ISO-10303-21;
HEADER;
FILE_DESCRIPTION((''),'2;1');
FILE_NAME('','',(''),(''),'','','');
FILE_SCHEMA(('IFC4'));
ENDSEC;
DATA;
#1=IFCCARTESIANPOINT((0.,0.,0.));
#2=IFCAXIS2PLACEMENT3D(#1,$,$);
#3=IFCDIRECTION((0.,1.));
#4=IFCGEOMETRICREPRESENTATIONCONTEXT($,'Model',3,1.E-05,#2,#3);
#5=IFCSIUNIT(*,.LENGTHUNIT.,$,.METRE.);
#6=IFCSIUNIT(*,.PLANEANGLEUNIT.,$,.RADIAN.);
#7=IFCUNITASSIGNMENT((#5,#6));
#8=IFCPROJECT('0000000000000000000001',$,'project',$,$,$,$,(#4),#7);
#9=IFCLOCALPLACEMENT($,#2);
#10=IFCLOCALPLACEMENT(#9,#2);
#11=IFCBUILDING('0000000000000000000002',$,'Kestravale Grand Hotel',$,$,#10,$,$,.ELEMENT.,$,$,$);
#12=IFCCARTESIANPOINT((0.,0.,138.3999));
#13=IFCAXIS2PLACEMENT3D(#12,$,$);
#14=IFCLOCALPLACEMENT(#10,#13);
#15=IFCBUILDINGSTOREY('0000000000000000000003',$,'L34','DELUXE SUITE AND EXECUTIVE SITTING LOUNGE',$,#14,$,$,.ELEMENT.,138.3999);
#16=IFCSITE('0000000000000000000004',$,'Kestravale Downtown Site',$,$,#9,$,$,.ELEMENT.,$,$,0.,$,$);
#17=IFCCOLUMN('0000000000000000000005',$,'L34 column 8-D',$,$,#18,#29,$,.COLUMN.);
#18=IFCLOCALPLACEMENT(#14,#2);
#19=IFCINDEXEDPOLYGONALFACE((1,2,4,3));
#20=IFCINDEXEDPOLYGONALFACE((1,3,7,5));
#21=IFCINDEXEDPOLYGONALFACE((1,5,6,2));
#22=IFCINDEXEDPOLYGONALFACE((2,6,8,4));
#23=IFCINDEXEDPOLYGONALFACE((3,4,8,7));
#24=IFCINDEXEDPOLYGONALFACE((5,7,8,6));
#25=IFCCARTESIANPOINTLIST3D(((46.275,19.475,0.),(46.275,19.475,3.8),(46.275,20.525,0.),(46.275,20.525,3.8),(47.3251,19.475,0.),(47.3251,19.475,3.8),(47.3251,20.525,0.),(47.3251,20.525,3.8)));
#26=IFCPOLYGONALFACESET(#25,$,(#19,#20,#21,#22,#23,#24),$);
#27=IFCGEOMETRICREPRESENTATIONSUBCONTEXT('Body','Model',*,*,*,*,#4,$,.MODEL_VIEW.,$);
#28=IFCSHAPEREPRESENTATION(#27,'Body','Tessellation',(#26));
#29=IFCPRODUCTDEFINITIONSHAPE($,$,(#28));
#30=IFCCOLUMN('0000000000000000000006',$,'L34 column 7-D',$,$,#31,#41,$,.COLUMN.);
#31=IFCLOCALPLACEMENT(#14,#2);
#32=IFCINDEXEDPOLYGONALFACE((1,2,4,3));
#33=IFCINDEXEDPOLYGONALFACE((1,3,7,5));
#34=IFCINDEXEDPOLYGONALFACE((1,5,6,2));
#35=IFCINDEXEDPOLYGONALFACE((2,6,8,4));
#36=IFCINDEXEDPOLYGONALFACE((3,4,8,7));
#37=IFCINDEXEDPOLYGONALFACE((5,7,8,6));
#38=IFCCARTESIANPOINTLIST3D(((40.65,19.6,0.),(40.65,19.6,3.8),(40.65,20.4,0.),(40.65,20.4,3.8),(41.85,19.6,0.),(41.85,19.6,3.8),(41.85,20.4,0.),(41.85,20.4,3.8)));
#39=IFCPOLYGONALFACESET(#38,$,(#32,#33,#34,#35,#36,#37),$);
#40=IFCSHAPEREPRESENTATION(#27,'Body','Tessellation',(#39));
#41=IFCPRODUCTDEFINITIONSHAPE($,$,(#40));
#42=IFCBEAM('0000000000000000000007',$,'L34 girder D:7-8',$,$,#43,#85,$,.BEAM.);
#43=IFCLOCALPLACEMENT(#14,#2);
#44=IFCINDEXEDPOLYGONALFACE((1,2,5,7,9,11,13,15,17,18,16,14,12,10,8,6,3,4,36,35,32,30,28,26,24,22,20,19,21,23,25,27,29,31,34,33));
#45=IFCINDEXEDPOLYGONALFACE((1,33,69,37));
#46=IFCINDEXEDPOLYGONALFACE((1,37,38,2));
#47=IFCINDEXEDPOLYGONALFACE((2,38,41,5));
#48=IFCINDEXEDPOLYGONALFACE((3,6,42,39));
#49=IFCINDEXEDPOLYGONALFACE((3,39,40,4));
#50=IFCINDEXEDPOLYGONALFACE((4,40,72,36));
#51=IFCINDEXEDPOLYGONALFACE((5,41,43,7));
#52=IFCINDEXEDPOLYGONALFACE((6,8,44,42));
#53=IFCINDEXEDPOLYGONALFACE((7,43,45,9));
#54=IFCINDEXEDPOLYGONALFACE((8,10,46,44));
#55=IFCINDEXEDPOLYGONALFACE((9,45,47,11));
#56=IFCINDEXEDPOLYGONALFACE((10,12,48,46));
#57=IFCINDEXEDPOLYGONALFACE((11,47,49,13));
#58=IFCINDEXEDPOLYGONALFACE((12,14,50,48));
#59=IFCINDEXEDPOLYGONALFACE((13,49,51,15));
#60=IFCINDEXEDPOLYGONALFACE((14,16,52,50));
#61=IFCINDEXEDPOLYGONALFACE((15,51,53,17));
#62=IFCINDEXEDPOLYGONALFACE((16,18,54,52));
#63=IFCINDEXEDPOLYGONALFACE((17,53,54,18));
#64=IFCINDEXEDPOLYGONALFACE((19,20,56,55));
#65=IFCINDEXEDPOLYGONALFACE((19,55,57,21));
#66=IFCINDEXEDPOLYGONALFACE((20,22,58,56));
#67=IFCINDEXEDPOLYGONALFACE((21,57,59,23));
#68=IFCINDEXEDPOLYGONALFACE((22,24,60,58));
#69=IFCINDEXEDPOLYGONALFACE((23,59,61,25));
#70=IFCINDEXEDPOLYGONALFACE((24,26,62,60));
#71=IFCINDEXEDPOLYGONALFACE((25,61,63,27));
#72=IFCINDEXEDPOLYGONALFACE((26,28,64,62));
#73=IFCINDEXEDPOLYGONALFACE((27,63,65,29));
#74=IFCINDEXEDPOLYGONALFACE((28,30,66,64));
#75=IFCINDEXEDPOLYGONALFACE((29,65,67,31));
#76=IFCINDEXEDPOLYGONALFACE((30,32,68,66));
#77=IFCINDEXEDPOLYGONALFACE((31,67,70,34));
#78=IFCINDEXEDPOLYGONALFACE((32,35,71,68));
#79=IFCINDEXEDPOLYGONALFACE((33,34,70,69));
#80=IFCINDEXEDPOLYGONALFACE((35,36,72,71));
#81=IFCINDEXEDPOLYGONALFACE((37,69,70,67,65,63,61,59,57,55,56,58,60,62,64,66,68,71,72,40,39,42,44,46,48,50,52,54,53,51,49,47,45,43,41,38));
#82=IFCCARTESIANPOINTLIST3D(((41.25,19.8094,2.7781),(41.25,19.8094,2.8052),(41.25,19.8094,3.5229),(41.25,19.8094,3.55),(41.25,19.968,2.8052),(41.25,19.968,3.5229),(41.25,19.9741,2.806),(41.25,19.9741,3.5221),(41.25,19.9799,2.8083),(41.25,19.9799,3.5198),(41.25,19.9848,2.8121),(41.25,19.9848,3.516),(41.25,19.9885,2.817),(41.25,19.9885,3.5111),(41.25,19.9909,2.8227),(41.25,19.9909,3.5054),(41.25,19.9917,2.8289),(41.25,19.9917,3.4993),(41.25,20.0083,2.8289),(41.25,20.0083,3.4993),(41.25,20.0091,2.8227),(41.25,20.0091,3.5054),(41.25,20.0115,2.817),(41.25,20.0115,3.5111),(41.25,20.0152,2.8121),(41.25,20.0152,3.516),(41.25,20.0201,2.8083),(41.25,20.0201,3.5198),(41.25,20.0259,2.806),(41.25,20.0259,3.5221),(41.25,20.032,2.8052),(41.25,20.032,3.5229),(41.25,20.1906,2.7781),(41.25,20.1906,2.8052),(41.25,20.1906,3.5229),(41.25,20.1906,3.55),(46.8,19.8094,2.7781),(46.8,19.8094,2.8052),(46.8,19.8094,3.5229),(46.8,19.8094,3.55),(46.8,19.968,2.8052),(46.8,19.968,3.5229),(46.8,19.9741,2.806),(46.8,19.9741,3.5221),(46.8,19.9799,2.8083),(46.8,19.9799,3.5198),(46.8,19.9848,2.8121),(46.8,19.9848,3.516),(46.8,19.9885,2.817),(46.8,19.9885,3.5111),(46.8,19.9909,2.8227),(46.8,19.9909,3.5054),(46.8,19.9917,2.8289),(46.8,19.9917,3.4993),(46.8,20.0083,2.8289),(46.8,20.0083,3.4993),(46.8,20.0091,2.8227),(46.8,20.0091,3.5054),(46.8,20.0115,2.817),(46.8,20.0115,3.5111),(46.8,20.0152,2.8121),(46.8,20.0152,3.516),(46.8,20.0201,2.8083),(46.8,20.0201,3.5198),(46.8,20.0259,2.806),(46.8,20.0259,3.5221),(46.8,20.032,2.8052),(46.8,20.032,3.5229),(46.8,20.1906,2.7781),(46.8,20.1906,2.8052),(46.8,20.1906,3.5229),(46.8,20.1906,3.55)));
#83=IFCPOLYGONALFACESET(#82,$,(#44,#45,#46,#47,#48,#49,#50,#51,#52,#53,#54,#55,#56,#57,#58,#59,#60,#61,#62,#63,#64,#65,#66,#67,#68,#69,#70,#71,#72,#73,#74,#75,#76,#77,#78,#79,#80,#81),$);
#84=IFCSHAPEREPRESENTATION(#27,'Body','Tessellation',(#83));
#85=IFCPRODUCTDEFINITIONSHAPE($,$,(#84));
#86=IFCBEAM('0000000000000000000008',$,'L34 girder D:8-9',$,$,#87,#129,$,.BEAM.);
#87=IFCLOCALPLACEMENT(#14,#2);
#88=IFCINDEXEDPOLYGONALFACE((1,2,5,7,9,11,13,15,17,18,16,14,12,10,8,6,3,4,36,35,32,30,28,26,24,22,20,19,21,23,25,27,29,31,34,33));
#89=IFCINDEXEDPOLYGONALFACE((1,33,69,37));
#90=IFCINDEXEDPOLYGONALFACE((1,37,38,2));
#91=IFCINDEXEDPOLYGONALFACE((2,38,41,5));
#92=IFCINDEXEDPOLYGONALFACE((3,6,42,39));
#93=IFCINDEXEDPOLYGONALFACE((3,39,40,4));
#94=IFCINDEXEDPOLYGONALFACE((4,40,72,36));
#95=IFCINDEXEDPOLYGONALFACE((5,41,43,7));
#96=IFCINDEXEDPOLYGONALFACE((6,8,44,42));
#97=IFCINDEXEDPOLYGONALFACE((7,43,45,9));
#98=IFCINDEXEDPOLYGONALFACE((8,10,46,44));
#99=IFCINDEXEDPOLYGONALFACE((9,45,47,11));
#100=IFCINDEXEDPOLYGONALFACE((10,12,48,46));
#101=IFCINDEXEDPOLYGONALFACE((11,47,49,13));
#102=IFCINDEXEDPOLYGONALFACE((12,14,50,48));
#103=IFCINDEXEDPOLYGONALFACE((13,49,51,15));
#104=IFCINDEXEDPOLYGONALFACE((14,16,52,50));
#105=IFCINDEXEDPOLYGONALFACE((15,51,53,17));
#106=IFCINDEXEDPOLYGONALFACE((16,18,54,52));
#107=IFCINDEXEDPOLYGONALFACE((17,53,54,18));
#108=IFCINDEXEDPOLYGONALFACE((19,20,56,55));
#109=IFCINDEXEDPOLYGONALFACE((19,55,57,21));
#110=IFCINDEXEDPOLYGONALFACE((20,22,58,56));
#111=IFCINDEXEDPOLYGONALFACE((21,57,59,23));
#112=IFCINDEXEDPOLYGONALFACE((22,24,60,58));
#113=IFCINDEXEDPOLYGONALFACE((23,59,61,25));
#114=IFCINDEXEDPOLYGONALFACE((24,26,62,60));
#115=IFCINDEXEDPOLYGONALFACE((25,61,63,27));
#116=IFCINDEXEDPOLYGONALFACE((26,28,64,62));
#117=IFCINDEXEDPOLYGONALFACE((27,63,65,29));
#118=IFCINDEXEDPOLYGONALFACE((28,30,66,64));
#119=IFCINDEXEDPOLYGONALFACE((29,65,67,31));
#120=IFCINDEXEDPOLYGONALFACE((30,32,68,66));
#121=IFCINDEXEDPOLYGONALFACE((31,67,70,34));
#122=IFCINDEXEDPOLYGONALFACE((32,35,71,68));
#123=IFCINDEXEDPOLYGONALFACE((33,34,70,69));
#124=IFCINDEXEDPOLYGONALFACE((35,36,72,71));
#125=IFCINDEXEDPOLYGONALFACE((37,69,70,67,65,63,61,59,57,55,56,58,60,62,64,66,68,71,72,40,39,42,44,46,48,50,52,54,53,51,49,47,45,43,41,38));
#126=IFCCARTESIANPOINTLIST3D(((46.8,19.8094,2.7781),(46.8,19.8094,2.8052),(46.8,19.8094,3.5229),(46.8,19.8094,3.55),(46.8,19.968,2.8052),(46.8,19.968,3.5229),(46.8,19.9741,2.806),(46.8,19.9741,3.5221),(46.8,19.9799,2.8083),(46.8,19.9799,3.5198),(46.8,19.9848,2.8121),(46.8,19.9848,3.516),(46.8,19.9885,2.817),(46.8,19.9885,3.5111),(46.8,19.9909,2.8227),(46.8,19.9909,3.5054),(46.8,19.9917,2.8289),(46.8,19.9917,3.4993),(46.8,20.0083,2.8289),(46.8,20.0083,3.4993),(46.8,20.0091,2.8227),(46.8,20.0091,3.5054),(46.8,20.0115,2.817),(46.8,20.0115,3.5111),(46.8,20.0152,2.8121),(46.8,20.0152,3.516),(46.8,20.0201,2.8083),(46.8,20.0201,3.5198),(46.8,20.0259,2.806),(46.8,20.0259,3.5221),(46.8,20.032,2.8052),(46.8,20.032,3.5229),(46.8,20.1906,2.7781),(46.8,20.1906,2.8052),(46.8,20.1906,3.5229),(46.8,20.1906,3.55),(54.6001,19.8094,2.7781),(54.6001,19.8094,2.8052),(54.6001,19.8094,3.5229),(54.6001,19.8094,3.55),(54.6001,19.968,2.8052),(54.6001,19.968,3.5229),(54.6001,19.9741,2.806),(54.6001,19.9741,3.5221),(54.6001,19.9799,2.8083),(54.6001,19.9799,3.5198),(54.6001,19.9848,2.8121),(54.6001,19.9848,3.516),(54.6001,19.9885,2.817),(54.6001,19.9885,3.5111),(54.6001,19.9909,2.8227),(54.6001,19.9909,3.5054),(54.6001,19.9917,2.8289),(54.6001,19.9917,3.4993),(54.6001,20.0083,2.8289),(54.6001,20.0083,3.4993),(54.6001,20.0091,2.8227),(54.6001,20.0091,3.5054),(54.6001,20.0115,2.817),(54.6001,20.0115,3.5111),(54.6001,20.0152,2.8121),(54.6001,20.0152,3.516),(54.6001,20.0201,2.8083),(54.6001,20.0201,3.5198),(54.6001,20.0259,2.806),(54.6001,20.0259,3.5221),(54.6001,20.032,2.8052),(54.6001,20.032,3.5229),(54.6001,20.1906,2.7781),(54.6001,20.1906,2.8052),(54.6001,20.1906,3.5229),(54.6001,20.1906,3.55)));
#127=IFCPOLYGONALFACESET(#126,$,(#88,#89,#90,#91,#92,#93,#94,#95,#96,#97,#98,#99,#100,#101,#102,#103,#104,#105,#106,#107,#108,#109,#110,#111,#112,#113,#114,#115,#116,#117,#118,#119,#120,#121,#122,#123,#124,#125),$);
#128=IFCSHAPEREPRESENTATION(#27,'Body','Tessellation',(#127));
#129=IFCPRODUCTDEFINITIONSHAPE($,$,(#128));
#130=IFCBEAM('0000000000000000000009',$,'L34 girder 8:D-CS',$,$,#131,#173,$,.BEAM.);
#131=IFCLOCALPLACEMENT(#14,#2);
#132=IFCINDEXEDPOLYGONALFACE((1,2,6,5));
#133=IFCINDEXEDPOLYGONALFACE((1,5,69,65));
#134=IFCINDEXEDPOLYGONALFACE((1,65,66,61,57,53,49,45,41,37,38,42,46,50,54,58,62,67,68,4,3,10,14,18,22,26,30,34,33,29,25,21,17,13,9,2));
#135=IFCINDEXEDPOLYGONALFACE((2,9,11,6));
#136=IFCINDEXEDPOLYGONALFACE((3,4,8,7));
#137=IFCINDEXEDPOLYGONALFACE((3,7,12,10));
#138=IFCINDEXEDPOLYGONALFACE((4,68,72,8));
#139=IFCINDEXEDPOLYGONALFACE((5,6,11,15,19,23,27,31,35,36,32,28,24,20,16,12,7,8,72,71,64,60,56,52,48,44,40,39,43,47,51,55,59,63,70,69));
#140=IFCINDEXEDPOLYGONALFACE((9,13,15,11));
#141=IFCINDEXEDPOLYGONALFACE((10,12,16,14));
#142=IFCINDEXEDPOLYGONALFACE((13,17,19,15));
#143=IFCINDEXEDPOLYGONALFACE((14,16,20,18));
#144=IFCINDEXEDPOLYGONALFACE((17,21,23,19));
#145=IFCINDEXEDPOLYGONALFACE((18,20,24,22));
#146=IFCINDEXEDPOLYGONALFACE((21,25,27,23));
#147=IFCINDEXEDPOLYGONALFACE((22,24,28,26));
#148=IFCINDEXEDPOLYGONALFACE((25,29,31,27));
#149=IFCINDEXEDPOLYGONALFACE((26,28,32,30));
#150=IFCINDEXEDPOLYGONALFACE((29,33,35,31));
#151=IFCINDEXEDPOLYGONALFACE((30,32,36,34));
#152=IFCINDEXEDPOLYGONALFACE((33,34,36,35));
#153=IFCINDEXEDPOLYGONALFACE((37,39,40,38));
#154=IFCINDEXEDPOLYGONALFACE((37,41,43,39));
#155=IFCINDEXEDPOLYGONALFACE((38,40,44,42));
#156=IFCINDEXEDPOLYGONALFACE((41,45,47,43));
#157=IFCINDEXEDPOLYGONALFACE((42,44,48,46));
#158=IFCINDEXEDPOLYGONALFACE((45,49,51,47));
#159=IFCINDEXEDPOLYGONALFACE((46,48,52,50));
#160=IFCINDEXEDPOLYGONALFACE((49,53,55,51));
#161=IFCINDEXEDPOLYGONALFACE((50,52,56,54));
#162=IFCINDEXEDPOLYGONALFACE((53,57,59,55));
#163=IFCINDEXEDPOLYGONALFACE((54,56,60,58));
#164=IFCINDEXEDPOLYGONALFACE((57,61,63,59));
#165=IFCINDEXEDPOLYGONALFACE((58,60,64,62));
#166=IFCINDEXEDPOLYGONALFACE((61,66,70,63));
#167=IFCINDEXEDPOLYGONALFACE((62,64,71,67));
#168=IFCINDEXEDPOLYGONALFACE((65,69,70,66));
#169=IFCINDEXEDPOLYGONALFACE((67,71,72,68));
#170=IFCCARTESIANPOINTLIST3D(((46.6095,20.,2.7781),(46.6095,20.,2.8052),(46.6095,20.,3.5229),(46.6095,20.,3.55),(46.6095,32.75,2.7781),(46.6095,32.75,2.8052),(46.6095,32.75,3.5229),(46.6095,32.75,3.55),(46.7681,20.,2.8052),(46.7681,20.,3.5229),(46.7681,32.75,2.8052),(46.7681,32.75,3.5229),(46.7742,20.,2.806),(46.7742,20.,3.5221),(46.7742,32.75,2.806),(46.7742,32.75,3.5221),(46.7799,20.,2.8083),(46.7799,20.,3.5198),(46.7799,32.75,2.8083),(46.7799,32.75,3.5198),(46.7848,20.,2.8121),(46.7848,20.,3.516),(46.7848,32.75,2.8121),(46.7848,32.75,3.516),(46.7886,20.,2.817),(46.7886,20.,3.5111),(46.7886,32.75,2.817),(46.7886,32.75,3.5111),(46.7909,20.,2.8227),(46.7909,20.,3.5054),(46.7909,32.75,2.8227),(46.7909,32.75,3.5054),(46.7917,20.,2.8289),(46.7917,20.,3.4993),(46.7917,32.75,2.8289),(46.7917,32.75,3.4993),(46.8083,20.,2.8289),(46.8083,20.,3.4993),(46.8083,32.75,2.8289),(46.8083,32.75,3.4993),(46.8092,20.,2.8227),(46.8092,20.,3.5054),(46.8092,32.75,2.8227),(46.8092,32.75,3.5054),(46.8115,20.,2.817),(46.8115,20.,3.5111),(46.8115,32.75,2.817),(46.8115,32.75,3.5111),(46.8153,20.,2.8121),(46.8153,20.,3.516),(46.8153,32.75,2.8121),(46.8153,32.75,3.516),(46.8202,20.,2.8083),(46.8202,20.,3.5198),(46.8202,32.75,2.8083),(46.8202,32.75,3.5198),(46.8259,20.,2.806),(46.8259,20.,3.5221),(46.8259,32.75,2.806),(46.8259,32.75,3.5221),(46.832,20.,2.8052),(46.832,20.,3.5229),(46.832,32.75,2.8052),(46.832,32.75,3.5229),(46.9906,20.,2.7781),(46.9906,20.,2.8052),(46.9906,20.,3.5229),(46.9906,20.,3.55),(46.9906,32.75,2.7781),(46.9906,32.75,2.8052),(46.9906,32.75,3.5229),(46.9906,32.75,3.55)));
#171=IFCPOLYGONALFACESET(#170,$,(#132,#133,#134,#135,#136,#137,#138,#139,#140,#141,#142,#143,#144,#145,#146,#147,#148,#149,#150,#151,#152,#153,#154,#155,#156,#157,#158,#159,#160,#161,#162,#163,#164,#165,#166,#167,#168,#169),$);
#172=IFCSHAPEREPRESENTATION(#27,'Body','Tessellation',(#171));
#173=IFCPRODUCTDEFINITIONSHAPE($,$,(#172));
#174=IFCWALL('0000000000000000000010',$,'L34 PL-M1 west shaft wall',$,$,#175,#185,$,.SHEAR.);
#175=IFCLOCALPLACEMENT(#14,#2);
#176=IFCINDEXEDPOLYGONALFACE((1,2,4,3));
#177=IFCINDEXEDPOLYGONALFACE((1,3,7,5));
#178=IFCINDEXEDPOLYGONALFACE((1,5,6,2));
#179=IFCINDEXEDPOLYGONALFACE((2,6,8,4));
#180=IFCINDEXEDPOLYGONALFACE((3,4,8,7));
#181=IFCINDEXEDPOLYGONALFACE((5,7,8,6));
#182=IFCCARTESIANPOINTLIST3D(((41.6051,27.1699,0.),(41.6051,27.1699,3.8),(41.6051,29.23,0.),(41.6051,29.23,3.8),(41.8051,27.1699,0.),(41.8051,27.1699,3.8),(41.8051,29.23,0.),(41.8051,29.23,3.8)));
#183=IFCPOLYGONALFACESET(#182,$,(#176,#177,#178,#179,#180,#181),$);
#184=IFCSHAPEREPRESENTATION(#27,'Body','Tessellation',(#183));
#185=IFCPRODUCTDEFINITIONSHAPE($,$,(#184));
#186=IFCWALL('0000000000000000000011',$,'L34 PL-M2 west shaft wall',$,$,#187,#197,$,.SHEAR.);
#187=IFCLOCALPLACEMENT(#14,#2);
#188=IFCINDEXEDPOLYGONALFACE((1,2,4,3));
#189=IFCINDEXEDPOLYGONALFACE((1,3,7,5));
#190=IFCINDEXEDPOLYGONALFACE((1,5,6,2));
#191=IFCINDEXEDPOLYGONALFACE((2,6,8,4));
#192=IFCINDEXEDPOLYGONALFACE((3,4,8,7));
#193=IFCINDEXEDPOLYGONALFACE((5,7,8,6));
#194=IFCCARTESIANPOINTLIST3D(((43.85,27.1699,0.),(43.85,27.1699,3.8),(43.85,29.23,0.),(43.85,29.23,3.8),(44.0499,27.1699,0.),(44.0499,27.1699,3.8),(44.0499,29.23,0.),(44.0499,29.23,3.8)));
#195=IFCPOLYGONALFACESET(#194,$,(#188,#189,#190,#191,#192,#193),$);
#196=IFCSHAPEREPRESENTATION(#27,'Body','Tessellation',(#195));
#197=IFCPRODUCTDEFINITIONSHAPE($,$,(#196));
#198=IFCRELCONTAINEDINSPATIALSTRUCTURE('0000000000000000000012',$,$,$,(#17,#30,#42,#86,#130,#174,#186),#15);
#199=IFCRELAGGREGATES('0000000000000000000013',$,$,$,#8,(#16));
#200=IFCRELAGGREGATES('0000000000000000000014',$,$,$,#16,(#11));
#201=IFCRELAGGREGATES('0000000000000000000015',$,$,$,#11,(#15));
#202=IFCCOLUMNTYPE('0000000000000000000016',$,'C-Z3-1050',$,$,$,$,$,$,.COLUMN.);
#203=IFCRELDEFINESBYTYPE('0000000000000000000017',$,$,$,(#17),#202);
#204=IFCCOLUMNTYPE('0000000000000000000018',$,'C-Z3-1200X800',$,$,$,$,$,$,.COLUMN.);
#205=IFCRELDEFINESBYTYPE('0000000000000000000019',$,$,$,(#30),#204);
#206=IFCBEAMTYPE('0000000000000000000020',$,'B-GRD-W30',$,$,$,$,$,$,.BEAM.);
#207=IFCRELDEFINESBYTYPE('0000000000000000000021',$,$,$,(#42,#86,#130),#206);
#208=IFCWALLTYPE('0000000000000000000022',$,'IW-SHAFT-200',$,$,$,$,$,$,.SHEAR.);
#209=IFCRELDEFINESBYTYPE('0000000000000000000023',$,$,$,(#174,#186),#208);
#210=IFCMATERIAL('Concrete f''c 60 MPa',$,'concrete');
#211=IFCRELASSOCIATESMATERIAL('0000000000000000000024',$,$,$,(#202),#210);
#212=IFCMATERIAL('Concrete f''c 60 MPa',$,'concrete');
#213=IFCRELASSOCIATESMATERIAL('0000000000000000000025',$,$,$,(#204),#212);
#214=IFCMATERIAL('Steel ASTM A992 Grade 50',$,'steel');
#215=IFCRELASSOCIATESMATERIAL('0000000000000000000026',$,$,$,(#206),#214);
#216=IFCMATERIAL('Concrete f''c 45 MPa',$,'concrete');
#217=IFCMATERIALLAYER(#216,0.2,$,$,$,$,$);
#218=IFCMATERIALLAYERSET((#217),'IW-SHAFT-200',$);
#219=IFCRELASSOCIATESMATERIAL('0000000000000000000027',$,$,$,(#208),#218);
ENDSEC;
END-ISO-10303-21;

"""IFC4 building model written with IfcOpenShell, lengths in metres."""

from ifc_helpers import new_model, si_unit, direction, frame, frame_2d, origin, origin_2d, place, context, subcontext, project, spatial, rectangle, i_section, extrude, material, layer, layer_set, material_profile, profile_set, type_object, element, save


model = new_model("IFC4")

# Units and contexts
model_context = context("Model", 3, precision=1e-05, world=origin(), true_north=direction((0.0, 1.0)))
body_context = subcontext(model_context, "Body", "Model", "MODEL_VIEW")
ifc_project = project(units=[si_unit("LENGTHUNIT", "METRE"), si_unit("PLANEANGLEUNIT", "RADIAN")], contexts=[model_context])

# Site, building, storey
site_placement = place(None, origin())
site = spatial("IfcSite", under=ifc_project, at=site_placement, Name="Kestravale Downtown Site", CompositionType="ELEMENT", RefElevation=0.0)
building_placement = place(site_placement, origin())
building = spatial("IfcBuilding", under=site, at=building_placement, Name="Kestravale Grand Hotel", CompositionType="ELEMENT")
storey_placement = place(building_placement, frame((0.0, 0.0, 138.3999)))
storey = spatial("IfcBuildingStorey", under=building, at=storey_placement, Name="L34", Description="DELUXE SUITE AND EXECUTIVE SITTING LOUNGE", CompositionType="ELEMENT", Elevation=138.3999)

# Columns
ifc_material_1 = material(Name="Concrete f'c 60 MPa", Category="concrete")
ifc_material_profile_1 = material_profile(ifc_material_1, rectangle(XDim=1.05, YDim=1.05, at=origin_2d()))
ifc_profile_set_1 = profile_set([ifc_material_profile_1], Name="Concrete f'c 60 MPa")
column_type_1 = type_object("IfcColumnType", Name="C-Z3-1050", PredefinedType="COLUMN", material=ifc_profile_set_1)
column_1_placement = place(storey_placement, frame((46.8, 20.0, 0.0), z_axis=(0.0, 0.0, 1.0), x_axis=(1.0, 0.0, 0.0)))
element("IfcColumn", 1, at=column_1_placement, inside=storey, type_object=column_type_1, Name="L34 column 8-D", PredefinedType="COLUMN", context=body_context, shape_type="SweptSolid", body=[
    extrude(rectangle(XDim=1.05, YDim=1.05, at=origin_2d()), origin(), (0.0, 0.0, 1.0), 3.8),
])
ifc_material_2 = material(Name="Concrete f'c 60 MPa", Category="concrete")
ifc_material_profile_2 = material_profile(ifc_material_2, rectangle(XDim=1.2, YDim=0.8, at=origin_2d()))
ifc_profile_set_2 = profile_set([ifc_material_profile_2], Name="Concrete f'c 60 MPa")
column_type_2 = type_object("IfcColumnType", Name="C-Z3-1200X800", PredefinedType="COLUMN", material=ifc_profile_set_2)
column_2_placement = place(storey_placement, frame((41.25, 20.0, 0.0), z_axis=(0.0, 0.0, 1.0), x_axis=(1.0, 0.0, 0.0)))
element("IfcColumn", 2, at=column_2_placement, inside=storey, type_object=column_type_2, Name="L34 column 7-D", PredefinedType="COLUMN", context=body_context, shape_type="SweptSolid", body=[
    extrude(rectangle(XDim=1.2, YDim=0.8, at=origin_2d()), origin(), (0.0, 0.0, 1.0), 3.8),
])

# Beams
ifc_material_3 = material(Name="Steel ASTM A992 Grade 50", Category="steel")
ifc_material_profile_3 = material_profile(ifc_material_3, i_section(OverallWidth=0.3811, OverallDepth=0.772, WebThickness=0.0166, FlangeThickness=0.0271, FilletRadius=0.0237, at=origin_2d()))
ifc_profile_set_3 = profile_set([ifc_material_profile_3], Name="Steel ASTM A992 Grade 50")
beam_type = type_object("IfcBeamType", Name="B-GRD-W30", PredefinedType="BEAM", material=ifc_profile_set_3)
beam_1_placement = place(storey_placement, frame((41.25, 20.0, 3.1641), z_axis=(1.0, 0.0, 0.0), x_axis=(0.0, 1.0, 0.0)))
element("IfcBeam", 3, at=beam_1_placement, inside=storey, type_object=beam_type, Name="L34 girder D:7-8", PredefinedType="BEAM", context=body_context, shape_type="SweptSolid", body=[
    extrude(i_section(OverallWidth=0.3811, OverallDepth=0.772, WebThickness=0.0166, FlangeThickness=0.0271, FilletRadius=0.0237, at=origin_2d()), origin(), (0.0, 0.0, 1.0), 5.55),
])
beam_2_placement = place(storey_placement, frame((46.8, 20.0, 3.1641), z_axis=(1.0, 0.0, 0.0), x_axis=(0.0, 1.0, 0.0)))
element("IfcBeam", 4, at=beam_2_placement, inside=storey, type_object=beam_type, Name="L34 girder D:8-9", PredefinedType="BEAM", context=body_context, shape_type="SweptSolid", body=[
    extrude(i_section(OverallWidth=0.3811, OverallDepth=0.772, WebThickness=0.0166, FlangeThickness=0.0271, FilletRadius=0.0237, at=origin_2d()), origin(), (0.0, 0.0, 1.0), 7.8),
])
beam_3_placement = place(storey_placement, frame((46.8, 20.0, 3.1641), z_axis=(0.0, 1.0, 0.0), x_axis=(-1.0, 0.0, 0.0)))
element("IfcBeam", 5, at=beam_3_placement, inside=storey, type_object=beam_type, Name="L34 girder 8:D-CS", PredefinedType="BEAM", context=body_context, shape_type="SweptSolid", body=[
    extrude(i_section(OverallWidth=0.3811, OverallDepth=0.772, WebThickness=0.0166, FlangeThickness=0.0271, FilletRadius=0.0237, at=origin_2d()), origin(), (0.0, 0.0, 1.0), 12.75),
])

# Walls
ifc_material_4 = material(Name="Concrete f'c 45 MPa", Category="concrete")
ifc_layer_1 = layer(ifc_material_4, 0.2)
ifc_layer_set_1 = layer_set([ifc_layer_1], Name="IW-SHAFT-200")
wall_type_1 = type_object("IfcWallType", Name="IW-SHAFT-200", PredefinedType="SHEAR", material=ifc_layer_set_1)
for number, where, z_axis, x_axis, name in (
    (6, (41.7051, 27.1699, 0.0), (0.0, 0.0, 1.0), (0.0, 1.0, 0.0), "L34 PL-M1 west shaft wall"),
    (7, (43.95, 27.1699, 0.0), (0.0, 0.0, 1.0), (0.0, 1.0, 0.0), "L34 PL-M2 west shaft wall"),
):
    element("IfcWall", number, at=place(storey_placement, frame(where, z_axis=z_axis, x_axis=x_axis)), inside=storey, type_object=wall_type_1, Name=name, PredefinedType="SHEAR", context=body_context, shape_type="SweptSolid", body=[
        extrude(rectangle(XDim=2.0601, YDim=0.2, at=frame_2d((1.03, 0.0))), origin(), (0.0, 0.0, 1.0), 3.8),
    ])

save(model, "model.ifc")
